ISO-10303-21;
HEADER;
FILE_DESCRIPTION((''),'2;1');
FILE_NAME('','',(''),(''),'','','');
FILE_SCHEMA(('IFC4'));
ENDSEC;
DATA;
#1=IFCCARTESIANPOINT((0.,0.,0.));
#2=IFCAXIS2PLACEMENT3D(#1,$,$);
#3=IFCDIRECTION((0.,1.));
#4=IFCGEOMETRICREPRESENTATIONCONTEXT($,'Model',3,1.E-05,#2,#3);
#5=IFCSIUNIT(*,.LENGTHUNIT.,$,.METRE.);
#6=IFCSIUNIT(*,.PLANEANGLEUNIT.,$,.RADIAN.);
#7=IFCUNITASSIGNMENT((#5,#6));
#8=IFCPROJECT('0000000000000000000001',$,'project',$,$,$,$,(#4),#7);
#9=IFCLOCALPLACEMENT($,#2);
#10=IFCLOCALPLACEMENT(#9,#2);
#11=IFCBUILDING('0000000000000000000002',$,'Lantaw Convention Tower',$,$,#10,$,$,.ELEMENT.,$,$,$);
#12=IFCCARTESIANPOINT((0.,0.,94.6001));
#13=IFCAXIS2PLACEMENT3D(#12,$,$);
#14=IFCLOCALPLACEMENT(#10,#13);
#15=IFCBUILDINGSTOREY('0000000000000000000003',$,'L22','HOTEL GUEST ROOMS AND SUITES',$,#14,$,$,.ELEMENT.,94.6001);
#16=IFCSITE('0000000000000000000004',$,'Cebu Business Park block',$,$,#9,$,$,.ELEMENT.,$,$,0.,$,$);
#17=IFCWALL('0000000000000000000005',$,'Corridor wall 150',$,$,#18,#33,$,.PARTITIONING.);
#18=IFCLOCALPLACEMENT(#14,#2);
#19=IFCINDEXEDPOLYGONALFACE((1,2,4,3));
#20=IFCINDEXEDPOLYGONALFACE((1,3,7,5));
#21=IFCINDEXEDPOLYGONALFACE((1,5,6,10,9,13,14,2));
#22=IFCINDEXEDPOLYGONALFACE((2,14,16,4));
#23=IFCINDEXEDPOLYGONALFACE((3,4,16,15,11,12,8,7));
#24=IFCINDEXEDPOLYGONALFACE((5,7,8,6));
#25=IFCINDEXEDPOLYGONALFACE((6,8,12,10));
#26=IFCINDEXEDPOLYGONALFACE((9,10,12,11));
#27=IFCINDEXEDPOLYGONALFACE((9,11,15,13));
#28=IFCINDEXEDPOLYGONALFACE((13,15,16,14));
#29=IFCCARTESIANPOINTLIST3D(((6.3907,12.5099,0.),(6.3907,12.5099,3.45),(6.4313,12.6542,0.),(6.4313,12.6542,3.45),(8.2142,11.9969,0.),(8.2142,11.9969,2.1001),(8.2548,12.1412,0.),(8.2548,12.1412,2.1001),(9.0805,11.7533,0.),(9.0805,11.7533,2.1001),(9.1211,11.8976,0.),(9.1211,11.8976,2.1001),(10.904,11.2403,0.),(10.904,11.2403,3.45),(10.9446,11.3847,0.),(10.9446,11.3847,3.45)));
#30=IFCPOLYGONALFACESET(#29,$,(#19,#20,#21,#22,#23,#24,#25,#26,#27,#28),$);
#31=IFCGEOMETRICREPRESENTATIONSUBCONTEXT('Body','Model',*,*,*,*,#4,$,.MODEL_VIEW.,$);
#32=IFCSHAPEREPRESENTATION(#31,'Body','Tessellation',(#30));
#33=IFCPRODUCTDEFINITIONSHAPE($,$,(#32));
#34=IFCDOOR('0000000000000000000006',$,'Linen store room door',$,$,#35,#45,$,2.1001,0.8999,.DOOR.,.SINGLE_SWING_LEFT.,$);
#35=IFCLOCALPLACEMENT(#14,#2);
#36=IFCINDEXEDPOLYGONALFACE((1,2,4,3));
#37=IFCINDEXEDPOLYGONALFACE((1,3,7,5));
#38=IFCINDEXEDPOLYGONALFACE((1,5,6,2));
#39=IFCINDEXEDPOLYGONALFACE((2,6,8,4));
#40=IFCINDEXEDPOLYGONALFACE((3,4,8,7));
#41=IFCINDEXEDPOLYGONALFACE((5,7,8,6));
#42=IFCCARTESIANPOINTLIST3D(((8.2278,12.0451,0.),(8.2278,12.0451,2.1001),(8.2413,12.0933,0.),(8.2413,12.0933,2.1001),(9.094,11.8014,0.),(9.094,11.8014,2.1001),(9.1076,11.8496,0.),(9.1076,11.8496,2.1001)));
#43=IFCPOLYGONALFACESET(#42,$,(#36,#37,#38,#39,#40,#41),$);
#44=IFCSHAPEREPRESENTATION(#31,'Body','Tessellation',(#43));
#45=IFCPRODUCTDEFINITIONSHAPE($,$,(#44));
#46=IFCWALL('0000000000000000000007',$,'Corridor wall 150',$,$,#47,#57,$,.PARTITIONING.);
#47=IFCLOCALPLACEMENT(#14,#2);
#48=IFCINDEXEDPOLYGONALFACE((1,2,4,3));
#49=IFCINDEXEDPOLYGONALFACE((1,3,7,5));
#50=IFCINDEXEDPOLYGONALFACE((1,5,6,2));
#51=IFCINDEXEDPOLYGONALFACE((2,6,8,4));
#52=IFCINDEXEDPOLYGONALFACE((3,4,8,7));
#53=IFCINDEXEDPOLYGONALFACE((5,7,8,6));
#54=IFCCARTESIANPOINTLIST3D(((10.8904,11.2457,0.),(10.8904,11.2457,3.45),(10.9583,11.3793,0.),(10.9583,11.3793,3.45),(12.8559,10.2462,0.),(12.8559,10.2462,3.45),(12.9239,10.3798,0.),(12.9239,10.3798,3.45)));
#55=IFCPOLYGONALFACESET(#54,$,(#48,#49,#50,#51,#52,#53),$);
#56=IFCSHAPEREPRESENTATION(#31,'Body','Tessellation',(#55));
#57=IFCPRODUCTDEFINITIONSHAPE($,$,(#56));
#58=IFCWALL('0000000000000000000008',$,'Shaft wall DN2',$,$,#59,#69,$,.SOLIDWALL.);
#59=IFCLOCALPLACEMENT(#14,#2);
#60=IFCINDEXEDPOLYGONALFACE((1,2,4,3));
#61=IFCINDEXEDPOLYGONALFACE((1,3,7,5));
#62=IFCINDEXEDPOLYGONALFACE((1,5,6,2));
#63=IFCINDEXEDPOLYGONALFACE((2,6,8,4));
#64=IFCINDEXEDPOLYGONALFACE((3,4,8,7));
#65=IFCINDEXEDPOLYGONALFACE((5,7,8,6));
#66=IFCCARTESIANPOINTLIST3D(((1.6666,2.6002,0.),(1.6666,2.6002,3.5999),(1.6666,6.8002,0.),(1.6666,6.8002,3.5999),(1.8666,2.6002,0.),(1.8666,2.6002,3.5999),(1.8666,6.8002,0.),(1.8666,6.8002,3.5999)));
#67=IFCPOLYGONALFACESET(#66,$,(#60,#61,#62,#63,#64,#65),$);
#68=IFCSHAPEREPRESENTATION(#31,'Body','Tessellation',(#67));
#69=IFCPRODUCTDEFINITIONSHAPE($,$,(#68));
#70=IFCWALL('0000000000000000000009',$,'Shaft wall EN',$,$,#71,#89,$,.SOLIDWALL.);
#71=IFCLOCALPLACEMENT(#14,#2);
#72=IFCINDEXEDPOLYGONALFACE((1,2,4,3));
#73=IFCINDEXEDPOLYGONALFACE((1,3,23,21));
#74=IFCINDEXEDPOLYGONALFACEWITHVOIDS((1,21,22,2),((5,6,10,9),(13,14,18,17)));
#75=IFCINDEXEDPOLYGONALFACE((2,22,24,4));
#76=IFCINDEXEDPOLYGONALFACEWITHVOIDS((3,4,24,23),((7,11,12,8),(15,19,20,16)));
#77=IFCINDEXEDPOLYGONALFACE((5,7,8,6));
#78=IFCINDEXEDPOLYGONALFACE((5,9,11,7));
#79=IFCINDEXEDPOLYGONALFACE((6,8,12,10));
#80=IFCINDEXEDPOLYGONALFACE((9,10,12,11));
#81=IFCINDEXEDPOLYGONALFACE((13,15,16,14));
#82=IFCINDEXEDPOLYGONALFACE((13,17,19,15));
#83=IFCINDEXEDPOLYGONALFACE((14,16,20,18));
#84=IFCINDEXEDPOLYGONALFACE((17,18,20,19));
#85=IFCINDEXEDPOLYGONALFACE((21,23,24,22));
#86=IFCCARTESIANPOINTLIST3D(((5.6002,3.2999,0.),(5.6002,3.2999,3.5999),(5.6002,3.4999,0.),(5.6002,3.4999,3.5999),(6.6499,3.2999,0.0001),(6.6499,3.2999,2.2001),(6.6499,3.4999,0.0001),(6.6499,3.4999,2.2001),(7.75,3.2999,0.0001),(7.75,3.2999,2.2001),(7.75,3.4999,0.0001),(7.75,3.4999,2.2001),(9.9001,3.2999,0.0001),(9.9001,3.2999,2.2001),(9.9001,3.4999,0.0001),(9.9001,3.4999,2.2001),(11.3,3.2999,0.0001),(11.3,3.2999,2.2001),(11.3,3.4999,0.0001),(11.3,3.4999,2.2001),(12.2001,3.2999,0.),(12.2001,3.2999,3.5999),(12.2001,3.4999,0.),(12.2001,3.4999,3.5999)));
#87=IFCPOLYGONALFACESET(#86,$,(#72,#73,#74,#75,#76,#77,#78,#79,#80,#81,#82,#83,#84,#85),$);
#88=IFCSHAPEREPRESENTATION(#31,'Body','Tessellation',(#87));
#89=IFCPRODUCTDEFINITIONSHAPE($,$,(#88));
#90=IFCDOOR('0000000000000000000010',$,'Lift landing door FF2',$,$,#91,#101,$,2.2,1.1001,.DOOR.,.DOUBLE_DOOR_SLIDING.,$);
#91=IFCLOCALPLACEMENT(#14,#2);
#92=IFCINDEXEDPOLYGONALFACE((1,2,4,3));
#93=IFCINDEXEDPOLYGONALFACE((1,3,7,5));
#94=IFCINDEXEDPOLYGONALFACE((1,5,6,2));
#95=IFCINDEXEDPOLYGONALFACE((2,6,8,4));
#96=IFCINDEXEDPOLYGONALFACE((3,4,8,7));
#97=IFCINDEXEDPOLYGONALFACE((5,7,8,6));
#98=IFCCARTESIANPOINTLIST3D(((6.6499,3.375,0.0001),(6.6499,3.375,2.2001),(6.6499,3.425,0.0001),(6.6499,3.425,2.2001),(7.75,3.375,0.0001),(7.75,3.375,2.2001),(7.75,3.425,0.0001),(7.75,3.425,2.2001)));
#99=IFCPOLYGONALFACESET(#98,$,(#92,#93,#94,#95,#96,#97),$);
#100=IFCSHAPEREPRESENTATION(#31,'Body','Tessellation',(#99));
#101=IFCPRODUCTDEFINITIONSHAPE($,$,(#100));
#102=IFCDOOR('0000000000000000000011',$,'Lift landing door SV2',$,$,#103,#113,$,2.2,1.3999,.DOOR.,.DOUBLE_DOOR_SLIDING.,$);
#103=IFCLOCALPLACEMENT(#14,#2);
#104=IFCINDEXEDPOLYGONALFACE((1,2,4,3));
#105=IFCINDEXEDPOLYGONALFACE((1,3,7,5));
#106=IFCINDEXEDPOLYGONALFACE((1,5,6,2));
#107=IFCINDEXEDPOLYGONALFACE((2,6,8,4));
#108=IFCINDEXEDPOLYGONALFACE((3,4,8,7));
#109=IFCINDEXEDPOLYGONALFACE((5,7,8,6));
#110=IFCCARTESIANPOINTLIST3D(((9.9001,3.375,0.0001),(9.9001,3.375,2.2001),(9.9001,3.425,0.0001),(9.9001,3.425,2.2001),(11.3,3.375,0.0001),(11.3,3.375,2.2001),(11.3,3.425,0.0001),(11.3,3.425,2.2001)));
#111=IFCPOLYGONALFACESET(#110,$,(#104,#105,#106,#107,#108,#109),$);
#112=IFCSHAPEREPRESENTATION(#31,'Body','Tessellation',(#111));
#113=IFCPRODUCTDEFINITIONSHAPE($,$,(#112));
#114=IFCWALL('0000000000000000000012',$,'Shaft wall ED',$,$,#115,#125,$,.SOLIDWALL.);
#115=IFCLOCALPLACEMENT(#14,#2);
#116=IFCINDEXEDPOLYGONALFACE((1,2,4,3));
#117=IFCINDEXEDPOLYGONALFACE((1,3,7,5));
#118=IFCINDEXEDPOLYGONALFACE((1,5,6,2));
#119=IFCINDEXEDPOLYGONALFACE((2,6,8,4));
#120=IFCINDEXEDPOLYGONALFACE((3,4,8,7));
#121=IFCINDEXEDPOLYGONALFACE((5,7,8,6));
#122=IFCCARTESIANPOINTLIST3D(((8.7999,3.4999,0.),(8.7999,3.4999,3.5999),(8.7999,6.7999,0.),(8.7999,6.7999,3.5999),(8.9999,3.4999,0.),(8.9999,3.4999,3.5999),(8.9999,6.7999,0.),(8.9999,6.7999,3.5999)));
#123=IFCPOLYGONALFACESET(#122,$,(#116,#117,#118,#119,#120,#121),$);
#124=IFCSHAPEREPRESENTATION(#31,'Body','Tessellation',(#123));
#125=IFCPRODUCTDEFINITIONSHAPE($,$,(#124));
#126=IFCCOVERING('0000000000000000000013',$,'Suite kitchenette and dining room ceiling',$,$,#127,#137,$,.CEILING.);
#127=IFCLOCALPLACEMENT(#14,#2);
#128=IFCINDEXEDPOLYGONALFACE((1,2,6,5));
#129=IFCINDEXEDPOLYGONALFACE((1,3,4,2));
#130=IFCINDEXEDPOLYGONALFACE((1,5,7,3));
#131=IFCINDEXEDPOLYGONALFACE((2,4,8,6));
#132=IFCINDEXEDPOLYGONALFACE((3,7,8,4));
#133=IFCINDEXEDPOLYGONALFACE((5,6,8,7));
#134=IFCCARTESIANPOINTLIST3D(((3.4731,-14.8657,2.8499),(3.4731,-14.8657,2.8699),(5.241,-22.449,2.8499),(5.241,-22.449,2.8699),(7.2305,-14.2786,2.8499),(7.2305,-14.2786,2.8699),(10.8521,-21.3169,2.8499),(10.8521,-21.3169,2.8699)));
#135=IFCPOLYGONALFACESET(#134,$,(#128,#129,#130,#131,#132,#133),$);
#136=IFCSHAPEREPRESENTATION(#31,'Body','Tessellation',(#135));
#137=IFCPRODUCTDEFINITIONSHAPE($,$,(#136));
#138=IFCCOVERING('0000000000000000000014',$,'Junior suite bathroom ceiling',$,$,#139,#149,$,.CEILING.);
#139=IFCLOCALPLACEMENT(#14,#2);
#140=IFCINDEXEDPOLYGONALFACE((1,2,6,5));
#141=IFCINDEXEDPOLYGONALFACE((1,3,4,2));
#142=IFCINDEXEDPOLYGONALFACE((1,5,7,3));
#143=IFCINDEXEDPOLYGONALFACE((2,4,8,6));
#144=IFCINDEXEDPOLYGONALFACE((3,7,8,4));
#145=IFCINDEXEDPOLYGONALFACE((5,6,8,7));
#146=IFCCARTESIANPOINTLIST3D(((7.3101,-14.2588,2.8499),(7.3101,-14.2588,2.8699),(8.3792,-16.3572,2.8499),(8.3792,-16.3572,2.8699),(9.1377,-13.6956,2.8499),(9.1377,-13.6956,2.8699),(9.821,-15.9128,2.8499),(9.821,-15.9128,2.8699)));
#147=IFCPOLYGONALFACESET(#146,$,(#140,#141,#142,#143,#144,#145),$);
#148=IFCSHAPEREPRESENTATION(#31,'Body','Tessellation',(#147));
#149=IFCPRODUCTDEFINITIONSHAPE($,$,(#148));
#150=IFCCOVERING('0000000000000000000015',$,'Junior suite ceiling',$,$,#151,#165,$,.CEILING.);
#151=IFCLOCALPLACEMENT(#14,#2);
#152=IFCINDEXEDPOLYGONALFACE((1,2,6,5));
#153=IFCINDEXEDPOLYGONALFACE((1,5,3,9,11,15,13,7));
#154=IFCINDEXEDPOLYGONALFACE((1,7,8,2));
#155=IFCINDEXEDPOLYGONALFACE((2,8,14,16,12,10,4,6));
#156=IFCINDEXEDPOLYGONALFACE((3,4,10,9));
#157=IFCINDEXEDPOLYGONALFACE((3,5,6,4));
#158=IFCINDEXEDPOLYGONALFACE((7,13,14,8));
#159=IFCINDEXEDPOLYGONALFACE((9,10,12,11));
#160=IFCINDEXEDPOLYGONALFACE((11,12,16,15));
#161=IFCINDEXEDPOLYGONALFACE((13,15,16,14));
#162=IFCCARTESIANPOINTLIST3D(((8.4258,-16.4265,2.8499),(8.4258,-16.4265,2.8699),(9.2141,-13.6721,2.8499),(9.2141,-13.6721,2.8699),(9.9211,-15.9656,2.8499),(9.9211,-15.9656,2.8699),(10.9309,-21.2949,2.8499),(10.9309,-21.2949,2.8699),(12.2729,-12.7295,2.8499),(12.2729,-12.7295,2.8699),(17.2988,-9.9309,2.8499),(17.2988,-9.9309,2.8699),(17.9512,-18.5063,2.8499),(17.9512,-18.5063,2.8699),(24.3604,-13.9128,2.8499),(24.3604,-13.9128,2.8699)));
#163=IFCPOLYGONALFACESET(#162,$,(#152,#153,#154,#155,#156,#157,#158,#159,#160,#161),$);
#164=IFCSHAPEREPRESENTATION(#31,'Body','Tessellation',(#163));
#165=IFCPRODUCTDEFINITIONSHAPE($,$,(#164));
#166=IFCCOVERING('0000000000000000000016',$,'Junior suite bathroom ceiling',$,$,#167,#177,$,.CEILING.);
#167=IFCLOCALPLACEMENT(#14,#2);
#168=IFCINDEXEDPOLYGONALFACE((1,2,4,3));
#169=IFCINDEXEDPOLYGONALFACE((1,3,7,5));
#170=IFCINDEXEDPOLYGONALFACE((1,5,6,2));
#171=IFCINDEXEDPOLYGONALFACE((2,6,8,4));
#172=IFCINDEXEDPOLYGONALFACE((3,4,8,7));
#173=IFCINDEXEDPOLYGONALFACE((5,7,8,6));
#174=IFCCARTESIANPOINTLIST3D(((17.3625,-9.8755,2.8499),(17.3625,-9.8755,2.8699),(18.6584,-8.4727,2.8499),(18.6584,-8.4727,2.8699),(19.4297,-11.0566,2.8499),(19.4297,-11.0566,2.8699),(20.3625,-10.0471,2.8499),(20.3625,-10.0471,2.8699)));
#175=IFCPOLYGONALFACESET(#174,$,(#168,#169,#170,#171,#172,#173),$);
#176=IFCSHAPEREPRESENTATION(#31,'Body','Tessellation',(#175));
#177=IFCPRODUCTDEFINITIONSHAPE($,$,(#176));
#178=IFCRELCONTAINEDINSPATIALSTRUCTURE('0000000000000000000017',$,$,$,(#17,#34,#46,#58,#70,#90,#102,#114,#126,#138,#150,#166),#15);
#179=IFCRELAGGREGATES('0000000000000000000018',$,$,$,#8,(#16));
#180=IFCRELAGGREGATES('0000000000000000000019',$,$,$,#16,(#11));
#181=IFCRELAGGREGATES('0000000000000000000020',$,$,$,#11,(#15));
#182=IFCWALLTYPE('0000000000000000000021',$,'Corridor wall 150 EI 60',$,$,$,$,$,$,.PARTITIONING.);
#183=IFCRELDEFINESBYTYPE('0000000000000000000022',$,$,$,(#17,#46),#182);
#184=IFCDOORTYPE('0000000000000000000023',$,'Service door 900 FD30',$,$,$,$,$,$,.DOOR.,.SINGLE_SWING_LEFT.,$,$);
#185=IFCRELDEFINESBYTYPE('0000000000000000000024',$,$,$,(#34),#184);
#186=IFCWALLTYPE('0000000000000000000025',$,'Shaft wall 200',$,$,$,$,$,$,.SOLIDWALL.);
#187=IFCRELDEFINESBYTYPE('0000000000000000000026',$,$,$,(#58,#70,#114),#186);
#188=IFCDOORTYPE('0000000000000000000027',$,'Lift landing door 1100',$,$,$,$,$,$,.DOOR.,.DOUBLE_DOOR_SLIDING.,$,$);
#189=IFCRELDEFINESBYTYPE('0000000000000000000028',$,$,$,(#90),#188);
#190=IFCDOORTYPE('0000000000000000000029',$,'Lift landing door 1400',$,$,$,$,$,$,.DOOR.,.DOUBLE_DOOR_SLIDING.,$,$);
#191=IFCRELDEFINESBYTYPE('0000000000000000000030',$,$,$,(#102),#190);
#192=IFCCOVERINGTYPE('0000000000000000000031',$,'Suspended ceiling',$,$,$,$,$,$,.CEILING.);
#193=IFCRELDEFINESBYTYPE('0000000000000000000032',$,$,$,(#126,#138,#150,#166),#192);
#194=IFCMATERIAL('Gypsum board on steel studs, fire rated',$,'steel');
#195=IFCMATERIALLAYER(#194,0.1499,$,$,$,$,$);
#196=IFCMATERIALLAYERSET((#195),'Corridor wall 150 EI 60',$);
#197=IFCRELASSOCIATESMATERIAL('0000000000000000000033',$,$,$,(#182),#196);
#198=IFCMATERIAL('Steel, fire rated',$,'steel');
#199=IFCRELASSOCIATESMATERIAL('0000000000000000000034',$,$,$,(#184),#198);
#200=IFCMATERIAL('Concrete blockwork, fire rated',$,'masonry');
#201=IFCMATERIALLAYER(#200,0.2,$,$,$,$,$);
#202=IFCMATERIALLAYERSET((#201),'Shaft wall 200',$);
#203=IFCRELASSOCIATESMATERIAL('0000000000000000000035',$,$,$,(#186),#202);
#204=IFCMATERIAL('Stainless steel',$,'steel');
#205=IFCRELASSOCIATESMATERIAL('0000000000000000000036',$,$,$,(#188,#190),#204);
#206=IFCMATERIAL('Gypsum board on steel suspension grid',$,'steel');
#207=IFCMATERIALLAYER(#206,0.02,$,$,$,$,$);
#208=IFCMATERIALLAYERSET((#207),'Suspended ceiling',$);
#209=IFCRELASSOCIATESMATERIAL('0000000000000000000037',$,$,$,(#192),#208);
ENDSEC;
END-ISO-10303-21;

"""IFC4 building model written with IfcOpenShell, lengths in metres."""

from ifc_helpers import new_model, si_unit, direction, frame, frame_2d, origin, place, context, subcontext, project, spatial, polyline, rectangle, outline, extrude, material, layer, layer_set, type_object, element, fill, save


model = new_model("IFC4")

# Units and contexts
model_context = context("Model", 3, precision=1e-05, world=origin(), true_north=direction((0.0, 1.0)))
body_context = subcontext(model_context, "Body", "Model", "MODEL_VIEW")
ifc_project = project(units=[si_unit("LENGTHUNIT", "METRE"), si_unit("PLANEANGLEUNIT", "RADIAN")], contexts=[model_context])

# Site, building, storey
site_placement = place(None, origin())
site = spatial("IfcSite", under=ifc_project, at=site_placement, Name="Cebu Business Park block", CompositionType="ELEMENT", RefElevation=0.0)
building_placement = place(site_placement, origin())
building = spatial("IfcBuilding", under=site, at=building_placement, Name="Lantaw Convention Tower", CompositionType="ELEMENT")
storey_placement = place(building_placement, frame((0.0, 0.0, 94.6001)))
storey = spatial("IfcBuildingStorey", under=building, at=storey_placement, Name="L22", Description="HOTEL GUEST ROOMS AND SUITES", CompositionType="ELEMENT", Elevation=94.6001)

# Wall, opening, door
ifc_material_1 = material(Name="Gypsum board on steel studs, fire rated", Category="steel")
ifc_layer_1 = layer(ifc_material_1, 0.1499)
ifc_layer_set_1 = layer_set([ifc_layer_1], Name="Corridor wall 150 EI 60")
wall_type_1 = type_object("IfcWallType", Name="Corridor wall 150 EI 60", PredefinedType="PARTITIONING", material=ifc_layer_set_1)
wall_1_placement = place(storey_placement, frame((10.9243, 11.3125, 0.0), z_axis=(0.0, 0.0, 1.0), x_axis=(-0.962644, 0.270771, 0.0)))
wall_1 = element("IfcWall", 1, at=wall_1_placement, inside=storey, type_object=wall_type_1, Name="Corridor wall 150", PredefinedType="PARTITIONING", context=body_context, shape_type="SweptSolid", body=[
    extrude(rectangle(XDim=4.6885, YDim=0.1499, at=frame_2d((2.3442, 0.0))), origin(), (0.0, 0.0, 1.0), 3.45),
])
opening_1_placement = place(wall_1_placement, frame((1.8943, 0.0, 0.0)))
opening_1 = element("IfcOpeningElement", 2, at=opening_1_placement, cuts=wall_1, PredefinedType="OPENING", context=body_context, shape_type="SweptSolid", body=[
    extrude(rectangle(XDim=0.8999, YDim=2.1001, at=frame_2d((0.45, 1.05))), frame((0.0, 0.085, 0.0), z_axis=(0.0, -1.0, 0.0), x_axis=(1.0, 0.0, 0.0)), (0.0, 0.0, 1.0), 0.1699),
])
ifc_material_2 = material(Name="Steel, fire rated", Category="steel")
door_type_1 = type_object("IfcDoorType", Name="Service door 900 FD30", OperationType="SINGLE_SWING_LEFT", PredefinedType="DOOR", material=ifc_material_2)
door_1_placement = place(opening_1_placement, origin())
door_1 = element("IfcDoor", 3, at=door_1_placement, inside=storey, type_object=door_type_1, Name="Linen store room door", OperationType="SINGLE_SWING_LEFT", OverallHeight=2.1001, OverallWidth=0.8999, PredefinedType="DOOR", context=body_context, shape_type="SweptSolid", body=[
    extrude(rectangle(XDim=0.8999, YDim=2.1001, at=frame_2d((0.45, 1.05))), frame((0.0, 0.0249, 0.0), z_axis=(0.0, -1.0, 0.0), x_axis=(1.0, 0.0, 0.0)), (0.0, 0.0, 1.0), 0.05),
])
fill(opening_1, door_1)

# Walls
wall_2_placement = place(storey_placement, frame((12.8899, 10.313, 0.0), z_axis=(0.0, 0.0, 1.0), x_axis=(-0.891373, 0.453271, 0.0)))
element("IfcWall", 4, at=wall_2_placement, inside=storey, type_object=wall_type_1, Name="Corridor wall 150", PredefinedType="PARTITIONING", context=body_context, shape_type="SweptSolid", body=[
    extrude(rectangle(XDim=2.2051, YDim=0.1499, at=frame_2d((1.1025, 0.0))), origin(), (0.0, 0.0, 1.0), 3.45),
])
ifc_material_3 = material(Name="Concrete blockwork, fire rated", Category="masonry")
ifc_layer_2 = layer(ifc_material_3, 0.2)
ifc_layer_set_2 = layer_set([ifc_layer_2], Name="Shaft wall 200")
wall_type_2 = type_object("IfcWallType", Name="Shaft wall 200", PredefinedType="SOLIDWALL", material=ifc_layer_set_2)
wall_3_placement = place(storey_placement, frame((1.7666, 2.6001, 0.0), z_axis=(0.0, 0.0, 1.0), x_axis=(0.0, 1.0, 0.0)))
element("IfcWall", 5, at=wall_3_placement, inside=storey, type_object=wall_type_2, Name="Shaft wall DN2", PredefinedType="SOLIDWALL", context=body_context, shape_type="SweptSolid", body=[
    extrude(rectangle(XDim=4.2, YDim=0.2, at=frame_2d((2.1001, 0.0))), origin(), (0.0, 0.0, 1.0), 3.5999),
])

# Wall, openings, doors
wall_4_placement = place(storey_placement, frame((12.2, 3.3999, 0.0), z_axis=(0.0, 0.0, 1.0), x_axis=(-1.0, 0.0, 0.0)))
wall_4 = element("IfcWall", 6, at=wall_4_placement, inside=storey, type_object=wall_type_2, Name="Shaft wall EN", PredefinedType="SOLIDWALL", context=body_context, shape_type="SweptSolid", body=[
    extrude(rectangle(XDim=6.5999, YDim=0.2, at=frame_2d((3.2998, 0.0))), origin(), (0.0, 0.0, 1.0), 3.5999),
])
opening_2_placement = place(wall_4_placement, frame((4.45, 0.0, 0.0)))
opening_2 = element("IfcOpeningElement", 7, at=opening_2_placement, cuts=wall_4, PredefinedType="OPENING", context=body_context, shape_type="SweptSolid", body=[
    extrude(rectangle(XDim=1.1001, YDim=2.2, at=frame_2d((0.55, 1.1001))), frame((0.0, 0.1099, 0.0), z_axis=(0.0, -1.0, 0.0), x_axis=(1.0, 0.0, 0.0)), (0.0, 0.0, 1.0), 0.22),
])
opening_3_placement = place(wall_4_placement, frame((0.8999, 0.0, 0.0)))
opening_3 = element("IfcOpeningElement", 8, at=opening_3_placement, cuts=wall_4, PredefinedType="OPENING", context=body_context, shape_type="SweptSolid", body=[
    extrude(rectangle(XDim=1.3999, YDim=2.2, at=frame_2d((0.7, 1.1001))), frame((0.0, 0.1099, 0.0), z_axis=(0.0, -1.0, 0.0), x_axis=(1.0, 0.0, 0.0)), (0.0, 0.0, 1.0), 0.22),
])
ifc_material_4 = material(Name="Stainless steel", Category="steel")
door_type_2 = type_object("IfcDoorType", Name="Lift landing door 1100", OperationType="DOUBLE_DOOR_SLIDING", PredefinedType="DOOR", material=ifc_material_4)
door_2_placement = place(opening_2_placement, origin())
door_2 = element("IfcDoor", 9, at=door_2_placement, inside=storey, type_object=door_type_2, Name="Lift landing door FF2", OperationType="DOUBLE_DOOR_SLIDING", OverallHeight=2.2, OverallWidth=1.1001, PredefinedType="DOOR", context=body_context, shape_type="SweptSolid", body=[
    extrude(rectangle(XDim=1.1001, YDim=2.2, at=frame_2d((0.55, 1.1001))), frame((0.0, 0.0249, 0.0), z_axis=(0.0, -1.0, 0.0), x_axis=(1.0, 0.0, 0.0)), (0.0, 0.0, 1.0), 0.05),
])
fill(opening_2, door_2)
door_type_3 = type_object("IfcDoorType", Name="Lift landing door 1400", OperationType="DOUBLE_DOOR_SLIDING", PredefinedType="DOOR", material=ifc_material_4)
door_3_placement = place(opening_3_placement, origin())
door_3 = element("IfcDoor", 10, at=door_3_placement, inside=storey, type_object=door_type_3, Name="Lift landing door SV2", OperationType="DOUBLE_DOOR_SLIDING", OverallHeight=2.2, OverallWidth=1.3999, PredefinedType="DOOR", context=body_context, shape_type="SweptSolid", body=[
    extrude(rectangle(XDim=1.3999, YDim=2.2, at=frame_2d((0.7, 1.1001))), frame((0.0, 0.0249, 0.0), z_axis=(0.0, -1.0, 0.0), x_axis=(1.0, 0.0, 0.0)), (0.0, 0.0, 1.0), 0.05),
])
fill(opening_3, door_3)

# Wall
wall_5_placement = place(storey_placement, frame((8.8999, 3.5, 0.0), z_axis=(0.0, 0.0, 1.0), x_axis=(0.0, 1.0, 0.0)))
element("IfcWall", 11, at=wall_5_placement, inside=storey, type_object=wall_type_2, Name="Shaft wall ED", PredefinedType="SOLIDWALL", context=body_context, shape_type="SweptSolid", body=[
    extrude(rectangle(XDim=3.3, YDim=0.2, at=frame_2d((1.6499, 0.0))), origin(), (0.0, 0.0, 1.0), 3.5999),
])

# Coverings
ifc_material_5 = material(Name="Gypsum board on steel suspension grid", Category="steel")
ifc_layer_3 = layer(ifc_material_5, 0.02)
ifc_layer_set_3 = layer_set([ifc_layer_3], Name="Suspended ceiling")
covering_type = type_object("IfcCoveringType", Name="Suspended ceiling", PredefinedType="CEILING", material=ifc_layer_set_3)
covering_1_placement = place(storey_placement, frame((0.0, 0.0, 2.8499)))
element("IfcCovering", 12, at=covering_1_placement, inside=storey, type_object=covering_type, Name="Suite kitchenette and dining room ceiling", PredefinedType="CEILING", context=body_context, shape_type="SweptSolid", body=[
    extrude(outline(polyline([(3.4731, -14.8657), (5.241, -22.449), (10.8521, -21.3169), (7.2305, -14.2786), (3.4731, -14.8657)])), origin(), (0.0, 0.0, 1.0), 0.02),
])
covering_2_placement = place(storey_placement, frame((0.0, 0.0, 2.8499)))
element("IfcCovering", 13, at=covering_2_placement, inside=storey, type_object=covering_type, Name="Junior suite bathroom ceiling", PredefinedType="CEILING", context=body_context, shape_type="SweptSolid", body=[
    extrude(outline(polyline([(7.3101, -14.2588), (8.3792, -16.3572), (9.821, -15.9128), (9.1377, -13.6956), (7.3101, -14.2588)])), origin(), (0.0, 0.0, 1.0), 0.02),
])
covering_3_placement = place(storey_placement, frame((0.0, 0.0, 2.8499)))
element("IfcCovering", 14, at=covering_3_placement, inside=storey, type_object=covering_type, Name="Junior suite ceiling", PredefinedType="CEILING", context=body_context, shape_type="SweptSolid", body=[
    extrude(outline(polyline([(12.2729, -12.7295), (9.2141, -13.6721), (9.9211, -15.9656), (8.4258, -16.4265), (10.9309, -21.2949), (17.9512, -18.5063), (24.3604, -13.9128), (17.2988, -9.9309), (12.2729, -12.7295)])), origin(), (0.0, 0.0, 1.0), 0.02),
])
covering_4_placement = place(storey_placement, frame((0.0, 0.0, 2.8499)))
element("IfcCovering", 15, at=covering_4_placement, inside=storey, type_object=covering_type, Name="Junior suite bathroom ceiling", PredefinedType="CEILING", context=body_context, shape_type="SweptSolid", body=[
    extrude(outline(polyline([(17.3625, -9.8755), (19.4297, -11.0566), (20.3625, -10.0471), (18.6584, -8.4727), (17.3625, -9.8755)])), origin(), (0.0, 0.0, 1.0), 0.02),
])

save(model, "model.ifc")
